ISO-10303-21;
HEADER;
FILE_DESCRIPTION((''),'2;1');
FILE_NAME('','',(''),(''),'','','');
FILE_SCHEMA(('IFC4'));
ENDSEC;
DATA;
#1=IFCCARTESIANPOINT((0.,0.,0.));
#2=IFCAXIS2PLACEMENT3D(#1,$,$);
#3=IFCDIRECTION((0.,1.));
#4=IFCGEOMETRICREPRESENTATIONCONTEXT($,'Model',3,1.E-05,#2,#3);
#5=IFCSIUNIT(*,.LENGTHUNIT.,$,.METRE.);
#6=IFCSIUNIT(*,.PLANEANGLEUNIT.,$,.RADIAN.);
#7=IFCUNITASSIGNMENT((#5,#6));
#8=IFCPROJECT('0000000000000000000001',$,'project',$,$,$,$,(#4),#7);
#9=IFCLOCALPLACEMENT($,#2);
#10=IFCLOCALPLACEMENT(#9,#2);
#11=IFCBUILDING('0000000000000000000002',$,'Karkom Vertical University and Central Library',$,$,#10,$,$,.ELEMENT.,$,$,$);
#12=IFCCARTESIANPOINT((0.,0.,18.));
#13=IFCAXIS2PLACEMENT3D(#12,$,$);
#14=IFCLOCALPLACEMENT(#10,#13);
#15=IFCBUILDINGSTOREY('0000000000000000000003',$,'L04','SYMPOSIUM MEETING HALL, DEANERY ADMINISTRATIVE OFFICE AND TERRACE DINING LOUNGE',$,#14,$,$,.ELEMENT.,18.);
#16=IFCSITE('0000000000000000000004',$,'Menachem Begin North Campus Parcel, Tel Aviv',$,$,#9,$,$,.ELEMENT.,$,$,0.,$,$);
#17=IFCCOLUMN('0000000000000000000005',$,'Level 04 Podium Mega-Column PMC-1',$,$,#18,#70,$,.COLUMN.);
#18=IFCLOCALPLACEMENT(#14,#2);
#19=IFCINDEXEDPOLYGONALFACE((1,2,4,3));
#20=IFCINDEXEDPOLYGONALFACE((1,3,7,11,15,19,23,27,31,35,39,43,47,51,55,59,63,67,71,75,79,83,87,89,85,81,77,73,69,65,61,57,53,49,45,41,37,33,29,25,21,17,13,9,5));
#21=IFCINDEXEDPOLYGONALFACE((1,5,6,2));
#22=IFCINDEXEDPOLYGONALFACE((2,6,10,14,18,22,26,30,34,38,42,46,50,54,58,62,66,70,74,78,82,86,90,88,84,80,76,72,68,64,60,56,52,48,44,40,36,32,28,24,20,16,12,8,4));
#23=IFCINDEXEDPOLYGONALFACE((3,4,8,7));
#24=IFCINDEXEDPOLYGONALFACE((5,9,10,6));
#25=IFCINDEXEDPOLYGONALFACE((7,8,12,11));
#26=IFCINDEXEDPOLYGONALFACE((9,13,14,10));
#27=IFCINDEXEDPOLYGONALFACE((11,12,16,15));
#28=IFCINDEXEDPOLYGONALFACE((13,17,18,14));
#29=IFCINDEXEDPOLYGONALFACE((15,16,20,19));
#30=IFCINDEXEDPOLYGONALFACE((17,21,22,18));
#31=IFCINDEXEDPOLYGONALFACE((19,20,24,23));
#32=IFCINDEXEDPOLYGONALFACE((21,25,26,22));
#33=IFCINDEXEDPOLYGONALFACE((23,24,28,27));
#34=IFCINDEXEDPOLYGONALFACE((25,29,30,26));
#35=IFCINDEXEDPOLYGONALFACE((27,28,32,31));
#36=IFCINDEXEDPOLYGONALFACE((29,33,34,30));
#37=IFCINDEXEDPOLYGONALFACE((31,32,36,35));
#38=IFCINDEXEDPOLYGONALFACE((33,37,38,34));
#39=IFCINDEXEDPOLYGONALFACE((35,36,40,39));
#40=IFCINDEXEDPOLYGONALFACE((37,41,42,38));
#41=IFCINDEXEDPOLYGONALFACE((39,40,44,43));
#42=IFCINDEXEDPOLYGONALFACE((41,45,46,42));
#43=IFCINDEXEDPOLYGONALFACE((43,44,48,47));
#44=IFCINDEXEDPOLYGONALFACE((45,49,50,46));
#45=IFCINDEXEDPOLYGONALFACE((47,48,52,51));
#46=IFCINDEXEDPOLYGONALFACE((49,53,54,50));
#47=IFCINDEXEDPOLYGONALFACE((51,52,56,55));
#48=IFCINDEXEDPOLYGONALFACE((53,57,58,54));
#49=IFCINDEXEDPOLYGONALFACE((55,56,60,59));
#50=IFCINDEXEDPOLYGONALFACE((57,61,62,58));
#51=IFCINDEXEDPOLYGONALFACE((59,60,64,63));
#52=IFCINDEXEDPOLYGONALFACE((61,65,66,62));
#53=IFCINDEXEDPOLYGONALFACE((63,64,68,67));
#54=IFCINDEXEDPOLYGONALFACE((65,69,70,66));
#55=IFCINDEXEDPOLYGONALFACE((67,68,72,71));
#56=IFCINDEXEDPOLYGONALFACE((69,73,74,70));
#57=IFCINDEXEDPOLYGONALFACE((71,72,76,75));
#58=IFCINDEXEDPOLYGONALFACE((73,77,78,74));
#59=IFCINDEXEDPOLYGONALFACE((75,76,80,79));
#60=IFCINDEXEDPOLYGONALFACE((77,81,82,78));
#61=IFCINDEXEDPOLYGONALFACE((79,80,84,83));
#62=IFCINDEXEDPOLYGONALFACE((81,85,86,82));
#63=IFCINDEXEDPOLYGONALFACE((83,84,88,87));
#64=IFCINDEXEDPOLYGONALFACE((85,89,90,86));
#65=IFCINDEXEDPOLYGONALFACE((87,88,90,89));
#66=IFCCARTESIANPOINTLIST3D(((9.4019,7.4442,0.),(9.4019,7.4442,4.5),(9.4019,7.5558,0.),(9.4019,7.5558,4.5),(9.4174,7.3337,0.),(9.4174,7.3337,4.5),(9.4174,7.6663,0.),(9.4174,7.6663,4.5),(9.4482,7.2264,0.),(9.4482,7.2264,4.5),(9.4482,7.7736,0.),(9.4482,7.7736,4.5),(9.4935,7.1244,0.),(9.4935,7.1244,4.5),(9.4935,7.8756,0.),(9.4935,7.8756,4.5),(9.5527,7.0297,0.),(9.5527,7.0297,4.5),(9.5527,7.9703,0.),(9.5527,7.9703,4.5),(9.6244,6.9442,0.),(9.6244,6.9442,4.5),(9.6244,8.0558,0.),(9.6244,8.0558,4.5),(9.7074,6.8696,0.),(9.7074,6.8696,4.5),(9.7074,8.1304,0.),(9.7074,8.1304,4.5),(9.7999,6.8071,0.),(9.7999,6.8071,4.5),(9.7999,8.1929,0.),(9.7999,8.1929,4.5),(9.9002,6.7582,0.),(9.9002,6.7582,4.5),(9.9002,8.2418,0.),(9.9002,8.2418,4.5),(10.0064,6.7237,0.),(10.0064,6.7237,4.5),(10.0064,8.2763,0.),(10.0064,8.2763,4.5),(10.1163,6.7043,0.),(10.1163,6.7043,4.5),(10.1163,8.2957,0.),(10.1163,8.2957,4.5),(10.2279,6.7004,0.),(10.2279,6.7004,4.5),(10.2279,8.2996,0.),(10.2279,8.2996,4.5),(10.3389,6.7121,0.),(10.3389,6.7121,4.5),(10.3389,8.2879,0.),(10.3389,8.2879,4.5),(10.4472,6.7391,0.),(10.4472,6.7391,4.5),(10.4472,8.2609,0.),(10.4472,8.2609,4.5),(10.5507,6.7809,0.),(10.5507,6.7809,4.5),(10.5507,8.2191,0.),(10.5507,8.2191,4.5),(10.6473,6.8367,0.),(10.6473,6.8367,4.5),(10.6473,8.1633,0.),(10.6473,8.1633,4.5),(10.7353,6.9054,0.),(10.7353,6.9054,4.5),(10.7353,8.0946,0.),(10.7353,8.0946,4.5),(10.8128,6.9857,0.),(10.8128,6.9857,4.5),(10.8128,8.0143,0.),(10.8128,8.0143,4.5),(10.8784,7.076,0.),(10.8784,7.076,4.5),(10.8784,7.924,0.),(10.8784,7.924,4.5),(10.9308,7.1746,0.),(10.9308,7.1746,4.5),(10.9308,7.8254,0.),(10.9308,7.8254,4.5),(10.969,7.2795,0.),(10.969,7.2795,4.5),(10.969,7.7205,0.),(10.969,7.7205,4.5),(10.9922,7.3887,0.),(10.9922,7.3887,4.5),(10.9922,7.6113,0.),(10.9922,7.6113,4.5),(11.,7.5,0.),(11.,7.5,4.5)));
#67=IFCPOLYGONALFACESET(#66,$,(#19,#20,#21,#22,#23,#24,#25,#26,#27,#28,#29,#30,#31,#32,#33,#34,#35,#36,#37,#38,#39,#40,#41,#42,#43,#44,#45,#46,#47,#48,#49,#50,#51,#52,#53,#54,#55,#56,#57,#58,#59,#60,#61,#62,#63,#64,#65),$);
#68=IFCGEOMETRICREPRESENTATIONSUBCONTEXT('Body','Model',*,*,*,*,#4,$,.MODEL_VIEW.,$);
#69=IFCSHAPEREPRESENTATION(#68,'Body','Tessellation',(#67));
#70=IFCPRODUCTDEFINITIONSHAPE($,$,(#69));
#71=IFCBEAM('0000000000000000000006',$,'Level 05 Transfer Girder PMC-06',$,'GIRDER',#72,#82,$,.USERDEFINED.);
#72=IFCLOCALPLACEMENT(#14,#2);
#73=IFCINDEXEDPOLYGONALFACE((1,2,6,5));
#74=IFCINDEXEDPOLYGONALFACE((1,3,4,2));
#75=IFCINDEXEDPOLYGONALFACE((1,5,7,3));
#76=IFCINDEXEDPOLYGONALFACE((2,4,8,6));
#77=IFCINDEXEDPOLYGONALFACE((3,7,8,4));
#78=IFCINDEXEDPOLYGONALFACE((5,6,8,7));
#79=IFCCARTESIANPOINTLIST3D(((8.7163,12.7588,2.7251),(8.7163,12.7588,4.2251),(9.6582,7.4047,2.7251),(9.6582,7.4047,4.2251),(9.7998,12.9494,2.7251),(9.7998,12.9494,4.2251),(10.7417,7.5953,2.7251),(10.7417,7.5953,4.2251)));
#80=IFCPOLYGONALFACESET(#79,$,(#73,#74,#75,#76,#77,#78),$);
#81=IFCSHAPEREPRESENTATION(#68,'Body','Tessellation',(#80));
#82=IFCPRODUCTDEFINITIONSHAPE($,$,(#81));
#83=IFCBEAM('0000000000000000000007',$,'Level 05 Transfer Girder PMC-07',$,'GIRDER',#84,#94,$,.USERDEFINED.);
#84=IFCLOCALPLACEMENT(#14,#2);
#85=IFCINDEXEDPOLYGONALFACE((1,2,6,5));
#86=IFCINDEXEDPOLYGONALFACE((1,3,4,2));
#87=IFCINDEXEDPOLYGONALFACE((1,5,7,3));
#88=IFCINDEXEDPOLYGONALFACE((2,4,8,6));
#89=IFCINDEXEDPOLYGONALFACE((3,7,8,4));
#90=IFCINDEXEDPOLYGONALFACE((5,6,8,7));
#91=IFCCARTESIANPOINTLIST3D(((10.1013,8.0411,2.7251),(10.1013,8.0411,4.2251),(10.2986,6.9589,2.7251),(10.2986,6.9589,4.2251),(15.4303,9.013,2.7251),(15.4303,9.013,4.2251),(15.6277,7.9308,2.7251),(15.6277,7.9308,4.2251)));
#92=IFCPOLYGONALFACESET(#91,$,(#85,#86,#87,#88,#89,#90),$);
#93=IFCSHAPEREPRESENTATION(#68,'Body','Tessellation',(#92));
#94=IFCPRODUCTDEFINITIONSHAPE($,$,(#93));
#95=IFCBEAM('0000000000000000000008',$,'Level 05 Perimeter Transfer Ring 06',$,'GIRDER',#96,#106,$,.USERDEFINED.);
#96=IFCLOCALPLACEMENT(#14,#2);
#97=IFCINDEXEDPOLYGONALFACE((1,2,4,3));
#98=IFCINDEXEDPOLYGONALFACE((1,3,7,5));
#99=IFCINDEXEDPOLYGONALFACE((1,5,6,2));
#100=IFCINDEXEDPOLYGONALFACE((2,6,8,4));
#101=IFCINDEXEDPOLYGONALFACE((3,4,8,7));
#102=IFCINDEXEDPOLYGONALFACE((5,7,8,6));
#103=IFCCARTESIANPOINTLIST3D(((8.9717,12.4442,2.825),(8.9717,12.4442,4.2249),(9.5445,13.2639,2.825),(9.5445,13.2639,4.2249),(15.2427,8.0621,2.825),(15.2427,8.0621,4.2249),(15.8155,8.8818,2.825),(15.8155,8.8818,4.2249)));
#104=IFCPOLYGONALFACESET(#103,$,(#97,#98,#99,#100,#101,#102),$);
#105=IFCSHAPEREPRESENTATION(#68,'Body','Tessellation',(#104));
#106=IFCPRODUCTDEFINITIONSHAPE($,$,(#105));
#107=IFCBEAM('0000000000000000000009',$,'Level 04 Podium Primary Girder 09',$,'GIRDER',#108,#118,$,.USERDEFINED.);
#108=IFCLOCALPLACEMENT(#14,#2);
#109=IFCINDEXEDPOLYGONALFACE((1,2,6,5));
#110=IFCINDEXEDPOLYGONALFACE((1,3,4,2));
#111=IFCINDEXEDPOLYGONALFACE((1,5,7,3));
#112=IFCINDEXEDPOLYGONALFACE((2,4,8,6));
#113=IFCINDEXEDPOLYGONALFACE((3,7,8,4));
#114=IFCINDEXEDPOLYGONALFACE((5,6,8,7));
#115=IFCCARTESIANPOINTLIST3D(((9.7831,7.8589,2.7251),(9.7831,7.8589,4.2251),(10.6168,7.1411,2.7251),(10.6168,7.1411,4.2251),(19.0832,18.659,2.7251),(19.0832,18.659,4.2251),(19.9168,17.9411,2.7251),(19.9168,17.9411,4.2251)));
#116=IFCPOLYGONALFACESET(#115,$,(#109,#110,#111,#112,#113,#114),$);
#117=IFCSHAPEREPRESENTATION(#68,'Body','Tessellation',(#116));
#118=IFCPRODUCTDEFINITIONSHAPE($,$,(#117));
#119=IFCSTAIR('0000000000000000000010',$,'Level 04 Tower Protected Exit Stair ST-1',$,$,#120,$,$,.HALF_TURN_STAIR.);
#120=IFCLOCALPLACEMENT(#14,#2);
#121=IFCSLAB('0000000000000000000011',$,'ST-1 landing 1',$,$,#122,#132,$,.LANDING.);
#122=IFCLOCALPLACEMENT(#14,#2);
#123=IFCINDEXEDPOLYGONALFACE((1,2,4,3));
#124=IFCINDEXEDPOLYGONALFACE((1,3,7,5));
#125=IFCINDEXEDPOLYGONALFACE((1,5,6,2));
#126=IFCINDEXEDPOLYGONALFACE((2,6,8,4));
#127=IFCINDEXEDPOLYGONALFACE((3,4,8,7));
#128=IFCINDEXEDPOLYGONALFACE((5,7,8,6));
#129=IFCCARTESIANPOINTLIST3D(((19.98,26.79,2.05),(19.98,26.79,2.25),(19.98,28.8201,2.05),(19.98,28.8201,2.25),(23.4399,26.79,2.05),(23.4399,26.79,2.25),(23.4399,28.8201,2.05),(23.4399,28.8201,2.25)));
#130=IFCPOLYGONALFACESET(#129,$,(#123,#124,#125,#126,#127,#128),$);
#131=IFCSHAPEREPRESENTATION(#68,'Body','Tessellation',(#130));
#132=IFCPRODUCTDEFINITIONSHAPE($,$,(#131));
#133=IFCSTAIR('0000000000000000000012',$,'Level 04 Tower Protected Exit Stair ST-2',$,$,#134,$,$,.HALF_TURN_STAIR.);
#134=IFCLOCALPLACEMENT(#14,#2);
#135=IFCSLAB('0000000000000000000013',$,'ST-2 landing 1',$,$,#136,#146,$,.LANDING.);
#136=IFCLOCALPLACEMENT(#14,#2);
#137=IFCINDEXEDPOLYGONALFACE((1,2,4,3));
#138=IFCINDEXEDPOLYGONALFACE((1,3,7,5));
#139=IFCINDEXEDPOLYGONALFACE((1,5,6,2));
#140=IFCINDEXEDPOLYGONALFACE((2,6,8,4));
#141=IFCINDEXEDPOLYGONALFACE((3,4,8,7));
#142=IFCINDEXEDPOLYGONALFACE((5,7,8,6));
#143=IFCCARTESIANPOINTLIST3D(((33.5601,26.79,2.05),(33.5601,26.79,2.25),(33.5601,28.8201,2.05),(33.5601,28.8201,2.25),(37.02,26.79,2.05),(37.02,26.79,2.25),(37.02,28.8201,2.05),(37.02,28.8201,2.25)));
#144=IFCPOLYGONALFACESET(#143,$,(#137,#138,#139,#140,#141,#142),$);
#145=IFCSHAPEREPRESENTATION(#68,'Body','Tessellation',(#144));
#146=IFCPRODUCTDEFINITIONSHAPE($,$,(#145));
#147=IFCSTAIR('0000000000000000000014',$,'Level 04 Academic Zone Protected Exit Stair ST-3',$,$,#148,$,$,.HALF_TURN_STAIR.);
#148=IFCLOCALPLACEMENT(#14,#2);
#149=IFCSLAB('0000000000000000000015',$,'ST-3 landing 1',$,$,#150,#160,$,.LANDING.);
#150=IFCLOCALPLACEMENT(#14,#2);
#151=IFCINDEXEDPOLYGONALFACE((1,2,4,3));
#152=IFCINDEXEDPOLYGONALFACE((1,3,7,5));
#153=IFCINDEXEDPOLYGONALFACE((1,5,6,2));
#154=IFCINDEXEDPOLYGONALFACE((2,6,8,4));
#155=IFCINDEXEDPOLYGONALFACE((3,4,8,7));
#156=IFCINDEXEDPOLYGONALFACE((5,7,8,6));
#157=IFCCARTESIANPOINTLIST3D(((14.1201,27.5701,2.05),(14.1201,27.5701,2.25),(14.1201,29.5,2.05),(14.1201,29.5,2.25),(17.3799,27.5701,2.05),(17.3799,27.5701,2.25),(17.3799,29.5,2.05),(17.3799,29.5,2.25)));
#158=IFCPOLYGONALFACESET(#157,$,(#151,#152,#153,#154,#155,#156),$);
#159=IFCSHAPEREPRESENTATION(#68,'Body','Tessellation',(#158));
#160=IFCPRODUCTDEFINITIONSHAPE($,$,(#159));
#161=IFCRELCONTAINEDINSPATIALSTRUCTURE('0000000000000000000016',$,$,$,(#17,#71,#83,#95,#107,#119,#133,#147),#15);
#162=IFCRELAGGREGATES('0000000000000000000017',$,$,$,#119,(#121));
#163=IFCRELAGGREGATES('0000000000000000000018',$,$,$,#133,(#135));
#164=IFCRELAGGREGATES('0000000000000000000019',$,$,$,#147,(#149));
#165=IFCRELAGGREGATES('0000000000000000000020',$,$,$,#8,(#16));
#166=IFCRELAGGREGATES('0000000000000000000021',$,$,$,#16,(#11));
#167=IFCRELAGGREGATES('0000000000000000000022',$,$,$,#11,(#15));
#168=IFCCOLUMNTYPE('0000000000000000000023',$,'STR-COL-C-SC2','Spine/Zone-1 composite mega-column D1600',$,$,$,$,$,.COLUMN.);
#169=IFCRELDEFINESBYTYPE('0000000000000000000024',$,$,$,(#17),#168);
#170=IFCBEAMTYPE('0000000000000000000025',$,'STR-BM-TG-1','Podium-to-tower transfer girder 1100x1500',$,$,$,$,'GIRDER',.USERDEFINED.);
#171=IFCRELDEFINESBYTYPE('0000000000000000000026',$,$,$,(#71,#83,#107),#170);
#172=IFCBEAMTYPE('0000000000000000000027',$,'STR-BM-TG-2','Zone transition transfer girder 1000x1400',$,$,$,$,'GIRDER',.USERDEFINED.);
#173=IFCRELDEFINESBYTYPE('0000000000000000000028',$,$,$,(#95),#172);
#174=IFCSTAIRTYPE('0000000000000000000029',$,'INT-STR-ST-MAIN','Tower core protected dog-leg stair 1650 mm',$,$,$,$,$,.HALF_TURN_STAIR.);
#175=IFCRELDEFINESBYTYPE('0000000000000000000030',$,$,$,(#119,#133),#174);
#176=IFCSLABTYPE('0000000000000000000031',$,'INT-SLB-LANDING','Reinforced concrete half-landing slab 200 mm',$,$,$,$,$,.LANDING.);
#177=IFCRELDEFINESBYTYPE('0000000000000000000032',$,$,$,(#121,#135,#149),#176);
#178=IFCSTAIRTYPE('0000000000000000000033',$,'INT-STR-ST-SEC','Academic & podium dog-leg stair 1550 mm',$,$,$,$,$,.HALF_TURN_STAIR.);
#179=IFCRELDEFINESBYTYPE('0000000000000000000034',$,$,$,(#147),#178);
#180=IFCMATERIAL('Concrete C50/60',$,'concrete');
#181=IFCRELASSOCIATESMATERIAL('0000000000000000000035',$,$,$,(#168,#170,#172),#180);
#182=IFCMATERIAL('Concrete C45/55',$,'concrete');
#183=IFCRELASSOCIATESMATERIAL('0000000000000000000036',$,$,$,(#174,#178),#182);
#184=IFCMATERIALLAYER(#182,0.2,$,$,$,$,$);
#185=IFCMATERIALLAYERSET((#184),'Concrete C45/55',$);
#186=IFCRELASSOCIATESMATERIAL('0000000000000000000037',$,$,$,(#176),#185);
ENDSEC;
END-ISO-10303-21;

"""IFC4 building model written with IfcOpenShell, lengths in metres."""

from ifc_helpers import new_model, si_unit, direction, frame, origin, origin_with_axes, origin_2d, place, context, subcontext, project, spatial, polyline, rectangle, circle, outline, extrude, source, transform, mapped, material, layer, layer_set, material_profile, profile_set, type_object, element, aggregate, save


model = new_model("IFC4")

# Units and contexts
model_context = context("Model", 3, precision=1e-05, world=origin(), true_north=direction((0.0, 1.0)))
body_context = subcontext(model_context, "Body", "Model", "MODEL_VIEW")
ifc_project = project(units=[si_unit("LENGTHUNIT", "METRE"), si_unit("PLANEANGLEUNIT", "RADIAN")], contexts=[model_context])

# Site, building, storey
site_placement = place(None, origin())
site = spatial("IfcSite", under=ifc_project, at=site_placement, Name="Menachem Begin North Campus Parcel, Tel Aviv", CompositionType="ELEMENT", RefElevation=0.0)
building_placement = place(site_placement, origin())
building = spatial("IfcBuilding", under=site, at=building_placement, Name="Karkom Vertical University and Central Library", CompositionType="ELEMENT")
storey_placement = place(building_placement, frame((0.0, 0.0, 18.0)))
storey = spatial("IfcBuildingStorey", under=building, at=storey_placement, Name="L04", Description="SYMPOSIUM MEETING HALL, DEANERY ADMINISTRATIVE OFFICE AND TERRACE DINING LOUNGE", CompositionType="ELEMENT", Elevation=18.0)

# Column
ifc_material_1 = material(Name="Concrete C50/60", Category="concrete")
ifc_material_profile_1 = material_profile(ifc_material_1, circle(Radius=0.8, at=origin_2d()), Name="CFT-D1600")
ifc_profile_set_1 = profile_set([ifc_material_profile_1], Name="Concrete C50/60")
column_type = type_object("IfcColumnType", Name="STR-COL-C-SC2", Description="Spine/Zone-1 composite mega-column D1600", PredefinedType="COLUMN", material=ifc_profile_set_1)
shared_shape_1 = source(origin_with_axes(), body_context, "Body", "SweptSolid", [
    extrude(circle(Radius=0.8, at=origin_2d()), origin(), (0.0, 0.0, 1.0), 4.5),
])
column_placement = place(storey_placement, frame((10.2, 7.5, 0.0), z_axis=(0.0, 0.0, 1.0), x_axis=(1.0, 0.0, 0.0)))
element("IfcColumn", 1, at=column_placement, inside=storey, type_object=column_type, Name="Level 04 Podium Mega-Column PMC-1", PredefinedType="COLUMN", context=body_context, shape_type="MappedRepresentation", body=[
    mapped(shared_shape_1, transform((0.0, 0.0, 0.0), scale=1.0)),
])

# Beams
ifc_material_profile_2 = material_profile(ifc_material_1, rectangle(XDim=1.1001, YDim=1.5, at=origin_2d()), Name="TG-1100x1500")
ifc_profile_set_2 = profile_set([ifc_material_profile_2], Name="Concrete C50/60")
beam_type_1 = type_object("IfcBeamType", Name="STR-BM-TG-1", Description="Podium-to-tower transfer girder 1100x1500", ElementType="GIRDER", PredefinedType="USERDEFINED", material=ifc_profile_set_2)
shared_shape_2 = source(origin_with_axes(), body_context, "Body", "SweptSolid", [
    extrude(rectangle(XDim=1.1001, YDim=1.5, at=origin_2d()), origin(), (0.0, 0.0, 1.0), 5.4363),
])
beam_1_placement = place(storey_placement, frame((10.2, 7.5, 3.4751), z_axis=(-0.173263, 0.984876, 0.0), x_axis=(-0.984876, -0.173263, 0.0)))
element("IfcBeam", 2, at=beam_1_placement, inside=storey, type_object=beam_type_1, Name="Level 05 Transfer Girder PMC-06", ObjectType="GIRDER", PredefinedType="USERDEFINED", context=body_context, shape_type="MappedRepresentation", body=[
    mapped(shared_shape_2, transform((0.0, 0.0, 0.0), scale=1.0)),
])
shared_shape_3 = source(origin_with_axes(), body_context, "Body", "SweptSolid", [
    extrude(rectangle(XDim=1.1001, YDim=1.5, at=origin_2d()), origin(), (0.0, 0.0, 1.0), 5.417),
])
beam_2_placement = place(storey_placement, frame((10.2, 7.5, 3.4751), z_axis=(0.983772, 0.179421, 0.0), x_axis=(-0.179421, 0.983772, 0.0)))
element("IfcBeam", 3, at=beam_2_placement, inside=storey, type_object=beam_type_1, Name="Level 05 Transfer Girder PMC-07", ObjectType="GIRDER", PredefinedType="USERDEFINED", context=body_context, shape_type="MappedRepresentation", body=[
    mapped(shared_shape_3, transform((0.0, 0.0, 0.0), scale=1.0)),
])
ifc_material_profile_3 = material_profile(ifc_material_1, rectangle(XDim=1.0, YDim=1.3999, at=origin_2d()), Name="TG-1000x1400")
ifc_profile_set_3 = profile_set([ifc_material_profile_3], Name="Concrete C50/60")
beam_type_2 = type_object("IfcBeamType", Name="STR-BM-TG-2", Description="Zone transition transfer girder 1000x1400", ElementType="GIRDER", PredefinedType="USERDEFINED", material=ifc_profile_set_3)
shared_shape_4 = source(origin_with_axes(), body_context, "Body", "SweptSolid", [
    extrude(rectangle(XDim=1.0, YDim=1.3999, at=origin_2d()), origin(), (0.0, 0.0, 1.0), 7.6504),
])
beam_3_placement = place(storey_placement, frame((9.2581, 12.854, 3.5249), z_axis=(0.819699, -0.572794, 0.0), x_axis=(0.572794, 0.819699, 0.0)))
element("IfcBeam", 4, at=beam_3_placement, inside=storey, type_object=beam_type_2, Name="Level 05 Perimeter Transfer Ring 06", ObjectType="GIRDER", PredefinedType="USERDEFINED", context=body_context, shape_type="MappedRepresentation", body=[
    mapped(shared_shape_4, transform((0.0, 0.0, 0.0), scale=1.0)),
])
shared_shape_5 = source(origin_with_axes(), body_context, "Body", "SweptSolid", [
    extrude(rectangle(XDim=1.1001, YDim=1.5, at=origin_2d()), origin(), (0.0, 0.0, 1.0), 14.2524),
])
beam_4_placement = place(storey_placement, frame((10.2, 7.5, 3.4751), z_axis=(0.652523, 0.757769, 0.0), x_axis=(-0.757769, 0.652523, 0.0)))
element("IfcBeam", 5, at=beam_4_placement, inside=storey, type_object=beam_type_1, Name="Level 04 Podium Primary Girder 09", ObjectType="GIRDER", PredefinedType="USERDEFINED", context=body_context, shape_type="MappedRepresentation", body=[
    mapped(shared_shape_5, transform((0.0, 0.0, 0.0), scale=1.0)),
])

# Stairs, slabs
ifc_material_2 = material(Name="Concrete C45/55", Category="concrete")
stair_type_1 = type_object("IfcStairType", Name="INT-STR-ST-MAIN", Description="Tower core protected dog-leg stair 1650 mm", PredefinedType="HALF_TURN_STAIR", material=ifc_material_2)
stair_1_placement = place(storey_placement, origin())
stair_1 = element("IfcStair", 6, at=stair_1_placement, inside=storey, type_object=stair_type_1, Name="Level 04 Tower Protected Exit Stair ST-1", PredefinedType="HALF_TURN_STAIR")
ifc_layer_1 = layer(ifc_material_2, 0.2)
ifc_layer_set_1 = layer_set([ifc_layer_1], Name="Concrete C45/55")
slab_type_1 = type_object("IfcSlabType", Name="INT-SLB-LANDING", Description="Reinforced concrete half-landing slab 200 mm", PredefinedType="LANDING", material=ifc_layer_set_1)
slab_1_placement = place(storey_placement, frame((0.0, 0.0, 2.05)))
slab_1 = element("IfcSlab", 7, at=slab_1_placement, type_object=slab_type_1, Name="ST-1 landing 1", PredefinedType="LANDING", context=body_context, shape_type="SweptSolid", body=[
    extrude(outline(polyline([(23.4399, 26.79), (23.4399, 28.8201), (19.98, 28.8201), (19.98, 26.79), (23.4399, 26.79)])), origin(), (0.0, 0.0, 1.0), 0.2),
])
aggregate(stair_1, [slab_1])
stair_2_placement = place(storey_placement, origin())
stair_2 = element("IfcStair", 8, at=stair_2_placement, inside=storey, type_object=stair_type_1, Name="Level 04 Tower Protected Exit Stair ST-2", PredefinedType="HALF_TURN_STAIR")
slab_2_placement = place(storey_placement, frame((0.0, 0.0, 2.05)))
slab_2 = element("IfcSlab", 9, at=slab_2_placement, type_object=slab_type_1, Name="ST-2 landing 1", PredefinedType="LANDING", context=body_context, shape_type="SweptSolid", body=[
    extrude(outline(polyline([(37.02, 26.79), (37.02, 28.8201), (33.5601, 28.8201), (33.5601, 26.79), (37.02, 26.79)])), origin(), (0.0, 0.0, 1.0), 0.2),
])
aggregate(stair_2, [slab_2])
stair_type_2 = type_object("IfcStairType", Name="INT-STR-ST-SEC", Description="Academic & podium dog-leg stair 1550 mm", PredefinedType="HALF_TURN_STAIR", material=ifc_material_2)
stair_3_placement = place(storey_placement, origin())
stair_3 = element("IfcStair", 10, at=stair_3_placement, inside=storey, type_object=stair_type_2, Name="Level 04 Academic Zone Protected Exit Stair ST-3", PredefinedType="HALF_TURN_STAIR")
slab_3_placement = place(storey_placement, frame((0.0, 0.0, 2.05)))
slab_3 = element("IfcSlab", 11, at=slab_3_placement, type_object=slab_type_1, Name="ST-3 landing 1", PredefinedType="LANDING", context=body_context, shape_type="SweptSolid", body=[
    extrude(outline(polyline([(17.3799, 27.5701), (17.3799, 29.5), (14.1201, 29.5), (14.1201, 27.5701), (17.3799, 27.5701)])), origin(), (0.0, 0.0, 1.0), 0.2),
])
aggregate(stair_3, [slab_3])

save(model, "model.ifc")
